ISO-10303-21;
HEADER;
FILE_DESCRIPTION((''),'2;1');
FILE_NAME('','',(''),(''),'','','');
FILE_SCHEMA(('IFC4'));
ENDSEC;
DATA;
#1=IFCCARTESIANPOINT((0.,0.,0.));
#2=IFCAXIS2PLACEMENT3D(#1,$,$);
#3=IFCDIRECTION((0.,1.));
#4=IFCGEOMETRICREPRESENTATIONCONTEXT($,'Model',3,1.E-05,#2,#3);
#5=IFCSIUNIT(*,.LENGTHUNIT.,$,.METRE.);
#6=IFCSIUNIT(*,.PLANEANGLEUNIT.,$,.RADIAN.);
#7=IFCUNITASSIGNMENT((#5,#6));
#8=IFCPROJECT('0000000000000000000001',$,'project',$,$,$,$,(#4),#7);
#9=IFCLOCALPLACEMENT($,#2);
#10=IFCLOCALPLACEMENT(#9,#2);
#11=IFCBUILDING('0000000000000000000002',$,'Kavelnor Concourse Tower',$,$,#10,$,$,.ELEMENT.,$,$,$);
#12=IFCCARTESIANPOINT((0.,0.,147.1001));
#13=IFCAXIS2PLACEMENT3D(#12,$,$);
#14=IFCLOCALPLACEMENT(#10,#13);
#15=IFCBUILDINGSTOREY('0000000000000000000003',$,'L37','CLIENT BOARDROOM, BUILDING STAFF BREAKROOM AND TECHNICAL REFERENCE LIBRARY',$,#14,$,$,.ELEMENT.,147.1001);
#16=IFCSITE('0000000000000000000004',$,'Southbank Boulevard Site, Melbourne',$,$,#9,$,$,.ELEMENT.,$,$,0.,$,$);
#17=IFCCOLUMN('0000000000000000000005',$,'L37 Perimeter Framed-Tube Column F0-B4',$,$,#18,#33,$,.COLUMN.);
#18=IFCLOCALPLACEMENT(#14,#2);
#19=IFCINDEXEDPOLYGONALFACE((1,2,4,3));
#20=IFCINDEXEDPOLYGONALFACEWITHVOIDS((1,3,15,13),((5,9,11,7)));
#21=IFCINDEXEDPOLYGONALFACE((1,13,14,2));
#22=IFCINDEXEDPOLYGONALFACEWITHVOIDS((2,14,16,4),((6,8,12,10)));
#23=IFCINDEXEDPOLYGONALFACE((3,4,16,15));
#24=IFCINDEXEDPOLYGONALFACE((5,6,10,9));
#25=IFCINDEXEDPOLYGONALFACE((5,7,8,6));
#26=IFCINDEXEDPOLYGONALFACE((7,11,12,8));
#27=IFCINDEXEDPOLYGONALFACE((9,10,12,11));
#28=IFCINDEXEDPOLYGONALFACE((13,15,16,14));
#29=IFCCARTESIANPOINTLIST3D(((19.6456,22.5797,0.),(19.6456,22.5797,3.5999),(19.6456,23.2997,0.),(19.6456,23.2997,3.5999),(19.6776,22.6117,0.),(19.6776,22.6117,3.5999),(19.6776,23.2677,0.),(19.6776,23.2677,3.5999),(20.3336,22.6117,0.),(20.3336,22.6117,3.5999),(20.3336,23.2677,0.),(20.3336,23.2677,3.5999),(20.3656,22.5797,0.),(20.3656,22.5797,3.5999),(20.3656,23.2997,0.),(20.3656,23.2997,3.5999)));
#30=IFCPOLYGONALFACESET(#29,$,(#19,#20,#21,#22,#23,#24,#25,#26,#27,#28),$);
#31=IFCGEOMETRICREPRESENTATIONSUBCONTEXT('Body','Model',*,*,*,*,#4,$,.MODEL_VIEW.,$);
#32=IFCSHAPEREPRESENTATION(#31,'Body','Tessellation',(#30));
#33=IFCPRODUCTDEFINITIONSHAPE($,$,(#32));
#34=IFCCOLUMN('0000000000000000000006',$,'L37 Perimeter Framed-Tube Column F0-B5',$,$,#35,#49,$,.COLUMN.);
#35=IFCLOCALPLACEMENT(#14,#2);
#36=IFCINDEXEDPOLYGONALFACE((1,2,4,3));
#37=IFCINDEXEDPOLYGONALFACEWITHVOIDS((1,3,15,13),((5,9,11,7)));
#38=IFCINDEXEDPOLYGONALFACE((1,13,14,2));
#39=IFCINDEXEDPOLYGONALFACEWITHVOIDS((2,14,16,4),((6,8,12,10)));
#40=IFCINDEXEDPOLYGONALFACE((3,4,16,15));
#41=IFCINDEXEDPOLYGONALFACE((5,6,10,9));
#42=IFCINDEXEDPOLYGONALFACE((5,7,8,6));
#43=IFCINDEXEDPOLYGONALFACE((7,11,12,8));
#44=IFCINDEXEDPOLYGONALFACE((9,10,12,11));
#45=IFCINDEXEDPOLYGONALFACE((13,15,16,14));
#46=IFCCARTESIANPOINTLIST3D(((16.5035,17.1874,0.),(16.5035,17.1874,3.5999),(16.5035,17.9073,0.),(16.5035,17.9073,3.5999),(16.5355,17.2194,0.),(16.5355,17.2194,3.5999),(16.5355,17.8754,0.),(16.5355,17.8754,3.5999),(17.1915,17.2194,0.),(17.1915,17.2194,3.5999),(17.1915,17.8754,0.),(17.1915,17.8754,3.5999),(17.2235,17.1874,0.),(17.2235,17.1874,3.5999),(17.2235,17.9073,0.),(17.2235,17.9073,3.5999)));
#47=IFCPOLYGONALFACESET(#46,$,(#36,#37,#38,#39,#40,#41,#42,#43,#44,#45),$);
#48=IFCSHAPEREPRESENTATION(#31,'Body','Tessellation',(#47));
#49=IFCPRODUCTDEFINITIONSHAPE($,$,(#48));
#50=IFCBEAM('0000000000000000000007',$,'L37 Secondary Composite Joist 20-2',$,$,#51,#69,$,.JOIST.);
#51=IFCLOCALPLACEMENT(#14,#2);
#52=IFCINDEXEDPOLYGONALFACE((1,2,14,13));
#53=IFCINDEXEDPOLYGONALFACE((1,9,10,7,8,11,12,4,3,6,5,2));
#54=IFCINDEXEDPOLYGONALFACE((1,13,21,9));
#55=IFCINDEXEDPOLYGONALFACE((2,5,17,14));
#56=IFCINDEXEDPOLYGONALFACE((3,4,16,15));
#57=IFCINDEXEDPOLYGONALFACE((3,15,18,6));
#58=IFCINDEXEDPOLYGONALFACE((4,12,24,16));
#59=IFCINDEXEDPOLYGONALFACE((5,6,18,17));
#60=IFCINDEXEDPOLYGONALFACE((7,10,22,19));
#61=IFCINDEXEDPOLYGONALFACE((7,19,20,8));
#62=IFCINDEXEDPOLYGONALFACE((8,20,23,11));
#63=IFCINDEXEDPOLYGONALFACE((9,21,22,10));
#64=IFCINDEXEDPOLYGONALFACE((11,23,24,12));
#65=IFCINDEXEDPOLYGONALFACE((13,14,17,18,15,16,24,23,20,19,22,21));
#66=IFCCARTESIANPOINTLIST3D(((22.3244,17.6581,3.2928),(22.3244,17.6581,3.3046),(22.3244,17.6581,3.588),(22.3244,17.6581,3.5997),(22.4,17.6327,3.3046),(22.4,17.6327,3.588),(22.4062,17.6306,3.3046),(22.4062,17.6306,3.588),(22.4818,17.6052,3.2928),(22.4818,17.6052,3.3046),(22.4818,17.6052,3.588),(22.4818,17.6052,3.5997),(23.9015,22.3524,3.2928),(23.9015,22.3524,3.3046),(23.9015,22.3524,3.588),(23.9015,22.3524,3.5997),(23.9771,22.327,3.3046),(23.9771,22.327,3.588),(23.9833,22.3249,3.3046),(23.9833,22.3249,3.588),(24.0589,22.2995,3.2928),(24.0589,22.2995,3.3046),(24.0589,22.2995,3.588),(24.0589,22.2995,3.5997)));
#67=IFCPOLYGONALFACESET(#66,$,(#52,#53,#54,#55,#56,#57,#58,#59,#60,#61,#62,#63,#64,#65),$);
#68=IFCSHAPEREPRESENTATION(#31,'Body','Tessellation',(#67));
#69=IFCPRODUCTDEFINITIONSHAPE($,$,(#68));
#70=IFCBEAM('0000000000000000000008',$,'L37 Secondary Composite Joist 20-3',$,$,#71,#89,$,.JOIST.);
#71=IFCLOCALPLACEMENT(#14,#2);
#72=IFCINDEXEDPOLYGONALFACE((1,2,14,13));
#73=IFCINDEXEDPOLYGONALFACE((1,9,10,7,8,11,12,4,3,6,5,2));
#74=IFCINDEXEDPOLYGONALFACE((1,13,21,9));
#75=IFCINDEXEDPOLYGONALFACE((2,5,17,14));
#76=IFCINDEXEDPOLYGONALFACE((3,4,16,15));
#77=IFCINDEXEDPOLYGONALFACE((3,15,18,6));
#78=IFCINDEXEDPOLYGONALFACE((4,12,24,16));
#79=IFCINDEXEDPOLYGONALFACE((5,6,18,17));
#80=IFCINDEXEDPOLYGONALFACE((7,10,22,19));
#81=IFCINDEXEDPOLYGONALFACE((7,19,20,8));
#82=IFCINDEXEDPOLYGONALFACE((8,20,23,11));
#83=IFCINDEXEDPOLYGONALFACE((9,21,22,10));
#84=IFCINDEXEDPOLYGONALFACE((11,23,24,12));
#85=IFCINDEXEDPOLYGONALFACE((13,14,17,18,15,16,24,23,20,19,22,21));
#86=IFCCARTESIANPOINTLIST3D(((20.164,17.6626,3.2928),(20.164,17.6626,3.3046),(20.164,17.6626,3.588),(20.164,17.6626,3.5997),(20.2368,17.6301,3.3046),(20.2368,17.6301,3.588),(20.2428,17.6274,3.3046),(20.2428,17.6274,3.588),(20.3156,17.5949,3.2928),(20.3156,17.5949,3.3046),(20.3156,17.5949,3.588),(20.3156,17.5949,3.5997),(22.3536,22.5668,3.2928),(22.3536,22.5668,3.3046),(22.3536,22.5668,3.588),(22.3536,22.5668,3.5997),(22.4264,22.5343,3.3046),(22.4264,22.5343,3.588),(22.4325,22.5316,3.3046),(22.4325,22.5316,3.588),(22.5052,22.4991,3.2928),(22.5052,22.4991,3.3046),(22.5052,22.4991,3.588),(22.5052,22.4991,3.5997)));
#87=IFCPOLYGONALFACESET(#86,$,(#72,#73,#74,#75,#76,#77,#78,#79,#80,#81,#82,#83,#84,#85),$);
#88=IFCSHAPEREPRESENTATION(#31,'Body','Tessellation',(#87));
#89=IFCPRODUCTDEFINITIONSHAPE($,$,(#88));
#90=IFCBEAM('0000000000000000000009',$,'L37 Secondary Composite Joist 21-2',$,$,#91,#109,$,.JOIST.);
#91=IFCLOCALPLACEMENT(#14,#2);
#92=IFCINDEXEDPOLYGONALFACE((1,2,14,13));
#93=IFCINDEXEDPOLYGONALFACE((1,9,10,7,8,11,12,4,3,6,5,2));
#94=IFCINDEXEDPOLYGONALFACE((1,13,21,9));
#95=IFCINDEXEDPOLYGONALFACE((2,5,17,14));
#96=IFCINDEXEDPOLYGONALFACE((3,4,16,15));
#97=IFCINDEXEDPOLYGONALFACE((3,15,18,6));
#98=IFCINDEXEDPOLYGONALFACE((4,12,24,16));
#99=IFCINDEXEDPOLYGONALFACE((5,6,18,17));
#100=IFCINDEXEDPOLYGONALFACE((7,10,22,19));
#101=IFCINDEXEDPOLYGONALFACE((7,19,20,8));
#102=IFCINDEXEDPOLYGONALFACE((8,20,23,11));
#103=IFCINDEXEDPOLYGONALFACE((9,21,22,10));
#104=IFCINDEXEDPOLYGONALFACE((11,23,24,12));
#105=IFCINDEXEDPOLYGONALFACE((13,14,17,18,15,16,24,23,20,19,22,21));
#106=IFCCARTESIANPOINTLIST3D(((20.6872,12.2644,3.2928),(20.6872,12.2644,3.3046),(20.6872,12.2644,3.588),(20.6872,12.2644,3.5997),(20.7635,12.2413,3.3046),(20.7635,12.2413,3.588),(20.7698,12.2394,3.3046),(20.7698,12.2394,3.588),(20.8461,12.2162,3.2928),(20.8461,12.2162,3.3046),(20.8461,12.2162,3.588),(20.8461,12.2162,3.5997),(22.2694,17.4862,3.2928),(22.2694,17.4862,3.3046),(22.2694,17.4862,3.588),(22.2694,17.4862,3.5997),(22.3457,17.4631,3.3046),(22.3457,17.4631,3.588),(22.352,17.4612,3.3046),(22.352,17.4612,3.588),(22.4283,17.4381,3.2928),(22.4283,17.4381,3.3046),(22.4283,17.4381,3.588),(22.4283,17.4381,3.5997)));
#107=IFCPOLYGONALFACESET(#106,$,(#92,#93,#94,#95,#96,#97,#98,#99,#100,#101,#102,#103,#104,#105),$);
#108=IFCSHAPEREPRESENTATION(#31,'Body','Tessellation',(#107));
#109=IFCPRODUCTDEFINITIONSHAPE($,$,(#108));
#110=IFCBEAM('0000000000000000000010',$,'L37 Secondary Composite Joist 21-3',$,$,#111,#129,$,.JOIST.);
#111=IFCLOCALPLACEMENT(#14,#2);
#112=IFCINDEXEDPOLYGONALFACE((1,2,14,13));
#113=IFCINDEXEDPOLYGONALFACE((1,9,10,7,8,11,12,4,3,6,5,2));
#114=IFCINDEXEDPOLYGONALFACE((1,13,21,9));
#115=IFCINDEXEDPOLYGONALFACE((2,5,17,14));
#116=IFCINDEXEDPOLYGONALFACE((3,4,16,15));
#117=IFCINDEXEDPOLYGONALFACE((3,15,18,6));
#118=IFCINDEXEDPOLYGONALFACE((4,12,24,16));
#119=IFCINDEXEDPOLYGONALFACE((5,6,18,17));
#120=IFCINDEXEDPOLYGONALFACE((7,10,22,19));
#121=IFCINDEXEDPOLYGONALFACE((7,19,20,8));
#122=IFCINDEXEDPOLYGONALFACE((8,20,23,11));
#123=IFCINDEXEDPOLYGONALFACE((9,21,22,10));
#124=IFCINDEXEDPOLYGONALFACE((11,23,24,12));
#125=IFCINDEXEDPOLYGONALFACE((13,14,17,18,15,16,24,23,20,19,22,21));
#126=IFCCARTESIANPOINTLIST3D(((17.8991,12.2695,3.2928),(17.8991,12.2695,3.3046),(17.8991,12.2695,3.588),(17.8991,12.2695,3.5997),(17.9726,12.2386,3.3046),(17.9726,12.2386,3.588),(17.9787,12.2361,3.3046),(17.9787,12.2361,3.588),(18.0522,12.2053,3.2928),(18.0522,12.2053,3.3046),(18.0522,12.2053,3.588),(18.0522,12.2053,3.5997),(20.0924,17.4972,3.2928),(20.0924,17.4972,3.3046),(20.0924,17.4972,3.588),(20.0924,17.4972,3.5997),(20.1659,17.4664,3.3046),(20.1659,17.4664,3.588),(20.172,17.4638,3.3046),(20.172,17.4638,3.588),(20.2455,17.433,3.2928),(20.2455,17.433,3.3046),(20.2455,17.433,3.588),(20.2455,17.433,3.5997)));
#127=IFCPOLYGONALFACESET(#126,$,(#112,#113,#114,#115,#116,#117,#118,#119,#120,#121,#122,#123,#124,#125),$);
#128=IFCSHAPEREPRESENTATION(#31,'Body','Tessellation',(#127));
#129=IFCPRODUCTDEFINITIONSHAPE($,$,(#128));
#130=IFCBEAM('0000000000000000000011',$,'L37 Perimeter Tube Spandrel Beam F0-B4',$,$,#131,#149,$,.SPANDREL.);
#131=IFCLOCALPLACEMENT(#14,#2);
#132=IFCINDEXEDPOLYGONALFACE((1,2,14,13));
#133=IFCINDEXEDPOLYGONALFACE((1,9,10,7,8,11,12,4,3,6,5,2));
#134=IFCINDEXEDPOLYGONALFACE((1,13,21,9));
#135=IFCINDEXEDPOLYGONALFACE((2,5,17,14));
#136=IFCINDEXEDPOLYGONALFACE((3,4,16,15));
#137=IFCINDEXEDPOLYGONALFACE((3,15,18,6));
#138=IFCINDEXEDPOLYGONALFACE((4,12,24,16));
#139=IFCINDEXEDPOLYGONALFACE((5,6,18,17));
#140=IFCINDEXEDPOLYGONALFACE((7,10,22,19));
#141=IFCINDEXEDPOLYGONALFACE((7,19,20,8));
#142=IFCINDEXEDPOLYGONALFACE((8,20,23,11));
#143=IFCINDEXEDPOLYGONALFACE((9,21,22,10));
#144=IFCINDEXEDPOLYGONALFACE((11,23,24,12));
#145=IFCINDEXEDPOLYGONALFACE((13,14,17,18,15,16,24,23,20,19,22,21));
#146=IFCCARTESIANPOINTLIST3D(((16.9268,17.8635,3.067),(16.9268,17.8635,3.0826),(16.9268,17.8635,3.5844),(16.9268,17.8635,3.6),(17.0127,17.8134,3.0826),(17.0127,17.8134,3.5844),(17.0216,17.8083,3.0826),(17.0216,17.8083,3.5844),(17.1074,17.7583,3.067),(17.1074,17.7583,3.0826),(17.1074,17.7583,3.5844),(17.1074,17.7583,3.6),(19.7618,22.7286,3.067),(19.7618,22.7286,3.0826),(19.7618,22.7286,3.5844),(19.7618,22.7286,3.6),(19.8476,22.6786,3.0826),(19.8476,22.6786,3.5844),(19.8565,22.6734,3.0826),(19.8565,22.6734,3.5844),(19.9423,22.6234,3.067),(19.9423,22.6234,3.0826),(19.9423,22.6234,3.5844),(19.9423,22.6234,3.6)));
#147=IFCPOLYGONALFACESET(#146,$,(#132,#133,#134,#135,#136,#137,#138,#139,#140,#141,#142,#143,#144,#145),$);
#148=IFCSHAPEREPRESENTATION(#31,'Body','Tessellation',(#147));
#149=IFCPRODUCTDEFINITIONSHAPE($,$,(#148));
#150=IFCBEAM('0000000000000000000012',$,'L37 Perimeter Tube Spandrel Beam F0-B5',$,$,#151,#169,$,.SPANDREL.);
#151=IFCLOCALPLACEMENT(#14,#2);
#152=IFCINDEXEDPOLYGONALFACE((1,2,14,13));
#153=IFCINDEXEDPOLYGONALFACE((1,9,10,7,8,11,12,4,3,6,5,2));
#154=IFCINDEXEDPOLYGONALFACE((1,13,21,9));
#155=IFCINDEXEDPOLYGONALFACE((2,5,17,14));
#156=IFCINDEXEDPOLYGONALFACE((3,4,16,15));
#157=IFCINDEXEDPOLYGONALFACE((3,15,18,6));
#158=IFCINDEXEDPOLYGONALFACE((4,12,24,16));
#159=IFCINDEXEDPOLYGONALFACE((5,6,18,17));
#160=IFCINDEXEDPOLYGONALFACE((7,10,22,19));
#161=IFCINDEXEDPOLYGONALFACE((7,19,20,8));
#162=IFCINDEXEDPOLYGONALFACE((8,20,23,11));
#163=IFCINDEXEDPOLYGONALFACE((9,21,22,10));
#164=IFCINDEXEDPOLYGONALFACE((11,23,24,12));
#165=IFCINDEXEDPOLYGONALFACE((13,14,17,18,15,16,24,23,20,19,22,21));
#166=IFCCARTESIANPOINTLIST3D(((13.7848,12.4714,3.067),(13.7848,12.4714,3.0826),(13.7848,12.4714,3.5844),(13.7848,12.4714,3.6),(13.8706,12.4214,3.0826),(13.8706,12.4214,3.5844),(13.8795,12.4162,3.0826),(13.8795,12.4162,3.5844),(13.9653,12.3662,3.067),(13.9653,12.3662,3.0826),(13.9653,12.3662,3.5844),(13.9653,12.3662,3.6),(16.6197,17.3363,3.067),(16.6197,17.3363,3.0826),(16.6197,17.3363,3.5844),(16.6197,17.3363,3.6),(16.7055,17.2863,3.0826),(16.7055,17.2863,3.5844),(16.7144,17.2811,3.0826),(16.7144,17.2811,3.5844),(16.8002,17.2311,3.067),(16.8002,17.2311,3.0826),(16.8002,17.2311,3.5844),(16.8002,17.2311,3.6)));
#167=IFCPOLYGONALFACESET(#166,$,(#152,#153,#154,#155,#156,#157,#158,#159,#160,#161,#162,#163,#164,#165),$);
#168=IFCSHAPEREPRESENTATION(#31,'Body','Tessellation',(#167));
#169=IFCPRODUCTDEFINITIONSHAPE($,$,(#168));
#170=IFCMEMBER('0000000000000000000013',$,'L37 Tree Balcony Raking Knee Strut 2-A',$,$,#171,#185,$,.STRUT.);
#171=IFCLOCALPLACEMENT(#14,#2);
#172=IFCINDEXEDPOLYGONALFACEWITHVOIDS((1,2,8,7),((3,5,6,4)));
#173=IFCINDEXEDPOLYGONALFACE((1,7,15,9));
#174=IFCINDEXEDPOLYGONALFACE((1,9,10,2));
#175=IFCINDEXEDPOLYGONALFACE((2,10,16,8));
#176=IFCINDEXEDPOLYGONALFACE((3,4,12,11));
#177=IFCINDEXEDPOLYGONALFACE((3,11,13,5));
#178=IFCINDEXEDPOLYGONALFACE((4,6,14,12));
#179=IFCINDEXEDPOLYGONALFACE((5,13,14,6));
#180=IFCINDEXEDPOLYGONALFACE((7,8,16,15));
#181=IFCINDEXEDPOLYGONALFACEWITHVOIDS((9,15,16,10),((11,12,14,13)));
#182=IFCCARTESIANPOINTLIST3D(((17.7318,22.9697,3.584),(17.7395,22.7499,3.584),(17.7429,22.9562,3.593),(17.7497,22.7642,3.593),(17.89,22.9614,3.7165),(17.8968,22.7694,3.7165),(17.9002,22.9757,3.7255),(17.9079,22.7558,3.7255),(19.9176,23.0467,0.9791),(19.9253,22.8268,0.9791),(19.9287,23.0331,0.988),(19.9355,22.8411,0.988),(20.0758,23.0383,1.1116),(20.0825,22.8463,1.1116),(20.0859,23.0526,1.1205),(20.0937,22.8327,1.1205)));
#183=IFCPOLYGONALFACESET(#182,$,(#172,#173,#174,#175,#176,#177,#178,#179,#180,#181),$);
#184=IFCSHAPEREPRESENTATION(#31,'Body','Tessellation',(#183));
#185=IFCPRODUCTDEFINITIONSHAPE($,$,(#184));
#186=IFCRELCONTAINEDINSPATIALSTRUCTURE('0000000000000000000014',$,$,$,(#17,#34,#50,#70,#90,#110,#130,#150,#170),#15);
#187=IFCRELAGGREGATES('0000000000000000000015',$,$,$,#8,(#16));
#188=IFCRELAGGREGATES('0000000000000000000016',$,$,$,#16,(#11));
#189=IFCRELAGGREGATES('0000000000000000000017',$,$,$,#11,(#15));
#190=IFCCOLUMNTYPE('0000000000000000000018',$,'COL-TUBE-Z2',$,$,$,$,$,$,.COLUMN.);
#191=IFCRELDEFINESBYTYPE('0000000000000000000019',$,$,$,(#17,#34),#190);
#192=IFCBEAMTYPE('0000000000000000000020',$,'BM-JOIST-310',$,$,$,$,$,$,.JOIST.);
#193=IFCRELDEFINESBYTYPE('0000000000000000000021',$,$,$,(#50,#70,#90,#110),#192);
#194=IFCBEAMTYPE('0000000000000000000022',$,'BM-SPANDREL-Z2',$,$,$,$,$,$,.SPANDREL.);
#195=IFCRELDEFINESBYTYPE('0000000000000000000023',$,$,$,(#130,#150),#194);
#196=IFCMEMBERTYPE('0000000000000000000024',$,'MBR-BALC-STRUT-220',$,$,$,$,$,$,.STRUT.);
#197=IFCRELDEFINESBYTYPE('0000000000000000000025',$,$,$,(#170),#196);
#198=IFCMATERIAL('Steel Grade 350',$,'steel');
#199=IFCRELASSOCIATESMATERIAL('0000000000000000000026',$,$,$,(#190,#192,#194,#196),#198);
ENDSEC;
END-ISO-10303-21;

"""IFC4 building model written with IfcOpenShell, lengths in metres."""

from ifc_helpers import new_model, si_unit, direction, frame, origin, origin_2d, place, context, subcontext, project, spatial, hollow_rectangle, i_section, extrude, material, material_profile, profile_set, type_object, element, save


model = new_model("IFC4")

# Units and contexts
model_context = context("Model", 3, precision=1e-05, world=origin(), true_north=direction((0.0, 1.0)))
body_context = subcontext(model_context, "Body", "Model", "MODEL_VIEW")
ifc_project = project(units=[si_unit("LENGTHUNIT", "METRE"), si_unit("PLANEANGLEUNIT", "RADIAN")], contexts=[model_context])

# Site, building, storey
site_placement = place(None, origin())
site = spatial("IfcSite", under=ifc_project, at=site_placement, Name="Southbank Boulevard Site, Melbourne", CompositionType="ELEMENT", RefElevation=0.0)
building_placement = place(site_placement, origin())
building = spatial("IfcBuilding", under=site, at=building_placement, Name="Kavelnor Concourse Tower", CompositionType="ELEMENT")
storey_placement = place(building_placement, frame((0.0, 0.0, 147.1001)))
storey = spatial("IfcBuildingStorey", under=building, at=storey_placement, Name="L37", Description="CLIENT BOARDROOM, BUILDING STAFF BREAKROOM AND TECHNICAL REFERENCE LIBRARY", CompositionType="ELEMENT", Elevation=147.1001)

# Columns
ifc_material_1 = material(Name="Steel Grade 350", Category="steel")
ifc_material_profile_1 = material_profile(ifc_material_1, hollow_rectangle(XDim=0.72, YDim=0.72, WallThickness=0.032, at=origin_2d()), Name="SHS 720x720x32")
ifc_profile_set_1 = profile_set([ifc_material_profile_1], Name="Steel Grade 350")
column_type = type_object("IfcColumnType", Name="COL-TUBE-Z2", PredefinedType="COLUMN", material=ifc_profile_set_1)
for number, where, z_axis, x_axis, name in (
    (1, (20.0056, 22.9397, 0.0), (0.0, 0.0, 1.0), (1.0, 0.0, 0.0), "L37 Perimeter Framed-Tube Column F0-B4"),
    (2, (16.8635, 17.5474, 0.0), (0.0, 0.0, 1.0), (1.0, 0.0, 0.0), "L37 Perimeter Framed-Tube Column F0-B5"),
):
    element("IfcColumn", number, at=place(storey_placement, frame(where, z_axis=z_axis, x_axis=x_axis)), inside=storey, type_object=column_type, Name=name, PredefinedType="COLUMN", context=body_context, shape_type="SweptSolid", body=[
        extrude(hollow_rectangle(XDim=0.72, YDim=0.72, WallThickness=0.032, at=origin_2d()), origin(), (0.0, 0.0, 1.0), 3.5999),
    ])

# Beams
ifc_material_profile_2 = material_profile(ifc_material_1, i_section(OverallWidth=0.166, OverallDepth=0.3069, WebThickness=0.0066, FlangeThickness=0.0117, at=origin_2d()), Name="310UB46")
ifc_profile_set_2 = profile_set([ifc_material_profile_2], Name="Steel Grade 350")
beam_type_1 = type_object("IfcBeamType", Name="BM-JOIST-310", PredefinedType="JOIST", material=ifc_profile_set_2)
beam_1_placement = place(storey_placement, frame((23.9802, 22.3259, 3.4463), z_axis=(-0.318475, -0.947931, 0.0), x_axis=(0.947931, -0.318475, 0.0)))
element("IfcBeam", 3, at=beam_1_placement, inside=storey, type_object=beam_type_1, Name="L37 Secondary Composite Joist 20-2", PredefinedType="JOIST", context=body_context, shape_type="SweptSolid", body=[
    extrude(i_section(OverallWidth=0.166, OverallDepth=0.3069, WebThickness=0.0066, FlangeThickness=0.0117, at=origin_2d()), origin(), (0.0, 0.0, 1.0), 4.9521),
])
beam_2_placement = place(storey_placement, frame((22.4294, 22.533, 3.4463), z_axis=(-0.407694, -0.913119, 0.0), x_axis=(0.913119, -0.407694, 0.0)))
element("IfcBeam", 4, at=beam_2_placement, inside=storey, type_object=beam_type_1, Name="L37 Secondary Composite Joist 20-3", PredefinedType="JOIST", context=body_context, shape_type="SweptSolid", body=[
    extrude(i_section(OverallWidth=0.166, OverallDepth=0.3069, WebThickness=0.0066, FlangeThickness=0.0117, at=origin_2d()), origin(), (0.0, 0.0, 1.0), 5.3708),
])
beam_3_placement = place(storey_placement, frame((22.3489, 17.4622, 3.4463), z_axis=(-0.289986, -0.957031, 0.0), x_axis=(0.957031, -0.289986, 0.0)))
element("IfcBeam", 5, at=beam_3_placement, inside=storey, type_object=beam_type_1, Name="L37 Secondary Composite Joist 21-2", PredefinedType="JOIST", context=body_context, shape_type="SweptSolid", body=[
    extrude(i_section(OverallWidth=0.166, OverallDepth=0.3069, WebThickness=0.0066, FlangeThickness=0.0117, at=origin_2d()), origin(), (0.0, 0.0, 1.0), 5.4563),
])
beam_4_placement = place(storey_placement, frame((20.1689, 17.4651, 3.4463), z_axis=(-0.386886, -0.922127, 0.0), x_axis=(0.922127, -0.386886, 0.0)))
element("IfcBeam", 6, at=beam_4_placement, inside=storey, type_object=beam_type_1, Name="L37 Secondary Composite Joist 21-3", PredefinedType="JOIST", context=body_context, shape_type="SweptSolid", body=[
    extrude(i_section(OverallWidth=0.166, OverallDepth=0.3069, WebThickness=0.0066, FlangeThickness=0.0117, at=origin_2d()), origin(), (0.0, 0.0, 1.0), 5.6692),
])
ifc_material_profile_3 = material_profile(ifc_material_1, i_section(OverallWidth=0.209, OverallDepth=0.533, WebThickness=0.0103, FlangeThickness=0.0156, at=origin_2d()), Name="530UB92")
ifc_profile_set_3 = profile_set([ifc_material_profile_3], Name="Steel Grade 350")
beam_type_2 = type_object("IfcBeamType", Name="BM-SPANDREL-Z2", PredefinedType="SPANDREL", material=ifc_profile_set_3)
beam_5_placement = place(storey_placement, frame((19.8521, 22.676, 3.3335), z_axis=(-0.503461, -0.864018, 0.0), x_axis=(0.864018, -0.503461, 0.0)))
element("IfcBeam", 7, at=beam_5_placement, inside=storey, type_object=beam_type_2, Name="L37 Perimeter Tube Spandrel Beam F0-B4", PredefinedType="SPANDREL", context=body_context, shape_type="SweptSolid", body=[
    extrude(i_section(OverallWidth=0.209, OverallDepth=0.533, WebThickness=0.0103, FlangeThickness=0.0156, at=origin_2d()), origin(), (0.0, 0.0, 1.0), 5.6309),
])
beam_6_placement = place(storey_placement, frame((16.71, 17.2837, 3.3335), z_axis=(-0.50348, -0.864007, 0.0), x_axis=(0.864007, -0.50348, 0.0)))
element("IfcBeam", 8, at=beam_6_placement, inside=storey, type_object=beam_type_2, Name="L37 Perimeter Tube Spandrel Beam F0-B5", PredefinedType="SPANDREL", context=body_context, shape_type="SweptSolid", body=[
    extrude(i_section(OverallWidth=0.209, OverallDepth=0.533, WebThickness=0.0103, FlangeThickness=0.0156, at=origin_2d()), origin(), (0.0, 0.0, 1.0), 5.6306),
])

# Member
ifc_material_profile_4 = material_profile(ifc_material_1, hollow_rectangle(XDim=0.22, YDim=0.22, WallThickness=0.0139, at=origin_2d()), Name="SHS 220x220x14")
ifc_profile_set_4 = profile_set([ifc_material_profile_4], Name="Steel Grade 350")
member_type = type_object("IfcMemberType", Name="MBR-BALC-STRUT-220", PredefinedType="STRUT", material=ifc_profile_set_4)
member_1_placement = place(storey_placement, frame((20.0056, 22.9397, 1.0498), z_axis=(-0.642615, -0.02261, 0.765855), x_axis=(0.035162, -0.999382, 0.0)))
element("IfcMember", 9, at=member_1_placement, inside=storey, type_object=member_type, Name="L37 Tree Balcony Raking Knee Strut 2-A", PredefinedType="STRUT", context=body_context, shape_type="SweptSolid", body=[
    extrude(hollow_rectangle(XDim=0.22, YDim=0.22, WallThickness=0.0139, at=origin_2d()), origin(), (0.0, 0.0, 1.0), 3.4014),
])

save(model, "model.ifc")
